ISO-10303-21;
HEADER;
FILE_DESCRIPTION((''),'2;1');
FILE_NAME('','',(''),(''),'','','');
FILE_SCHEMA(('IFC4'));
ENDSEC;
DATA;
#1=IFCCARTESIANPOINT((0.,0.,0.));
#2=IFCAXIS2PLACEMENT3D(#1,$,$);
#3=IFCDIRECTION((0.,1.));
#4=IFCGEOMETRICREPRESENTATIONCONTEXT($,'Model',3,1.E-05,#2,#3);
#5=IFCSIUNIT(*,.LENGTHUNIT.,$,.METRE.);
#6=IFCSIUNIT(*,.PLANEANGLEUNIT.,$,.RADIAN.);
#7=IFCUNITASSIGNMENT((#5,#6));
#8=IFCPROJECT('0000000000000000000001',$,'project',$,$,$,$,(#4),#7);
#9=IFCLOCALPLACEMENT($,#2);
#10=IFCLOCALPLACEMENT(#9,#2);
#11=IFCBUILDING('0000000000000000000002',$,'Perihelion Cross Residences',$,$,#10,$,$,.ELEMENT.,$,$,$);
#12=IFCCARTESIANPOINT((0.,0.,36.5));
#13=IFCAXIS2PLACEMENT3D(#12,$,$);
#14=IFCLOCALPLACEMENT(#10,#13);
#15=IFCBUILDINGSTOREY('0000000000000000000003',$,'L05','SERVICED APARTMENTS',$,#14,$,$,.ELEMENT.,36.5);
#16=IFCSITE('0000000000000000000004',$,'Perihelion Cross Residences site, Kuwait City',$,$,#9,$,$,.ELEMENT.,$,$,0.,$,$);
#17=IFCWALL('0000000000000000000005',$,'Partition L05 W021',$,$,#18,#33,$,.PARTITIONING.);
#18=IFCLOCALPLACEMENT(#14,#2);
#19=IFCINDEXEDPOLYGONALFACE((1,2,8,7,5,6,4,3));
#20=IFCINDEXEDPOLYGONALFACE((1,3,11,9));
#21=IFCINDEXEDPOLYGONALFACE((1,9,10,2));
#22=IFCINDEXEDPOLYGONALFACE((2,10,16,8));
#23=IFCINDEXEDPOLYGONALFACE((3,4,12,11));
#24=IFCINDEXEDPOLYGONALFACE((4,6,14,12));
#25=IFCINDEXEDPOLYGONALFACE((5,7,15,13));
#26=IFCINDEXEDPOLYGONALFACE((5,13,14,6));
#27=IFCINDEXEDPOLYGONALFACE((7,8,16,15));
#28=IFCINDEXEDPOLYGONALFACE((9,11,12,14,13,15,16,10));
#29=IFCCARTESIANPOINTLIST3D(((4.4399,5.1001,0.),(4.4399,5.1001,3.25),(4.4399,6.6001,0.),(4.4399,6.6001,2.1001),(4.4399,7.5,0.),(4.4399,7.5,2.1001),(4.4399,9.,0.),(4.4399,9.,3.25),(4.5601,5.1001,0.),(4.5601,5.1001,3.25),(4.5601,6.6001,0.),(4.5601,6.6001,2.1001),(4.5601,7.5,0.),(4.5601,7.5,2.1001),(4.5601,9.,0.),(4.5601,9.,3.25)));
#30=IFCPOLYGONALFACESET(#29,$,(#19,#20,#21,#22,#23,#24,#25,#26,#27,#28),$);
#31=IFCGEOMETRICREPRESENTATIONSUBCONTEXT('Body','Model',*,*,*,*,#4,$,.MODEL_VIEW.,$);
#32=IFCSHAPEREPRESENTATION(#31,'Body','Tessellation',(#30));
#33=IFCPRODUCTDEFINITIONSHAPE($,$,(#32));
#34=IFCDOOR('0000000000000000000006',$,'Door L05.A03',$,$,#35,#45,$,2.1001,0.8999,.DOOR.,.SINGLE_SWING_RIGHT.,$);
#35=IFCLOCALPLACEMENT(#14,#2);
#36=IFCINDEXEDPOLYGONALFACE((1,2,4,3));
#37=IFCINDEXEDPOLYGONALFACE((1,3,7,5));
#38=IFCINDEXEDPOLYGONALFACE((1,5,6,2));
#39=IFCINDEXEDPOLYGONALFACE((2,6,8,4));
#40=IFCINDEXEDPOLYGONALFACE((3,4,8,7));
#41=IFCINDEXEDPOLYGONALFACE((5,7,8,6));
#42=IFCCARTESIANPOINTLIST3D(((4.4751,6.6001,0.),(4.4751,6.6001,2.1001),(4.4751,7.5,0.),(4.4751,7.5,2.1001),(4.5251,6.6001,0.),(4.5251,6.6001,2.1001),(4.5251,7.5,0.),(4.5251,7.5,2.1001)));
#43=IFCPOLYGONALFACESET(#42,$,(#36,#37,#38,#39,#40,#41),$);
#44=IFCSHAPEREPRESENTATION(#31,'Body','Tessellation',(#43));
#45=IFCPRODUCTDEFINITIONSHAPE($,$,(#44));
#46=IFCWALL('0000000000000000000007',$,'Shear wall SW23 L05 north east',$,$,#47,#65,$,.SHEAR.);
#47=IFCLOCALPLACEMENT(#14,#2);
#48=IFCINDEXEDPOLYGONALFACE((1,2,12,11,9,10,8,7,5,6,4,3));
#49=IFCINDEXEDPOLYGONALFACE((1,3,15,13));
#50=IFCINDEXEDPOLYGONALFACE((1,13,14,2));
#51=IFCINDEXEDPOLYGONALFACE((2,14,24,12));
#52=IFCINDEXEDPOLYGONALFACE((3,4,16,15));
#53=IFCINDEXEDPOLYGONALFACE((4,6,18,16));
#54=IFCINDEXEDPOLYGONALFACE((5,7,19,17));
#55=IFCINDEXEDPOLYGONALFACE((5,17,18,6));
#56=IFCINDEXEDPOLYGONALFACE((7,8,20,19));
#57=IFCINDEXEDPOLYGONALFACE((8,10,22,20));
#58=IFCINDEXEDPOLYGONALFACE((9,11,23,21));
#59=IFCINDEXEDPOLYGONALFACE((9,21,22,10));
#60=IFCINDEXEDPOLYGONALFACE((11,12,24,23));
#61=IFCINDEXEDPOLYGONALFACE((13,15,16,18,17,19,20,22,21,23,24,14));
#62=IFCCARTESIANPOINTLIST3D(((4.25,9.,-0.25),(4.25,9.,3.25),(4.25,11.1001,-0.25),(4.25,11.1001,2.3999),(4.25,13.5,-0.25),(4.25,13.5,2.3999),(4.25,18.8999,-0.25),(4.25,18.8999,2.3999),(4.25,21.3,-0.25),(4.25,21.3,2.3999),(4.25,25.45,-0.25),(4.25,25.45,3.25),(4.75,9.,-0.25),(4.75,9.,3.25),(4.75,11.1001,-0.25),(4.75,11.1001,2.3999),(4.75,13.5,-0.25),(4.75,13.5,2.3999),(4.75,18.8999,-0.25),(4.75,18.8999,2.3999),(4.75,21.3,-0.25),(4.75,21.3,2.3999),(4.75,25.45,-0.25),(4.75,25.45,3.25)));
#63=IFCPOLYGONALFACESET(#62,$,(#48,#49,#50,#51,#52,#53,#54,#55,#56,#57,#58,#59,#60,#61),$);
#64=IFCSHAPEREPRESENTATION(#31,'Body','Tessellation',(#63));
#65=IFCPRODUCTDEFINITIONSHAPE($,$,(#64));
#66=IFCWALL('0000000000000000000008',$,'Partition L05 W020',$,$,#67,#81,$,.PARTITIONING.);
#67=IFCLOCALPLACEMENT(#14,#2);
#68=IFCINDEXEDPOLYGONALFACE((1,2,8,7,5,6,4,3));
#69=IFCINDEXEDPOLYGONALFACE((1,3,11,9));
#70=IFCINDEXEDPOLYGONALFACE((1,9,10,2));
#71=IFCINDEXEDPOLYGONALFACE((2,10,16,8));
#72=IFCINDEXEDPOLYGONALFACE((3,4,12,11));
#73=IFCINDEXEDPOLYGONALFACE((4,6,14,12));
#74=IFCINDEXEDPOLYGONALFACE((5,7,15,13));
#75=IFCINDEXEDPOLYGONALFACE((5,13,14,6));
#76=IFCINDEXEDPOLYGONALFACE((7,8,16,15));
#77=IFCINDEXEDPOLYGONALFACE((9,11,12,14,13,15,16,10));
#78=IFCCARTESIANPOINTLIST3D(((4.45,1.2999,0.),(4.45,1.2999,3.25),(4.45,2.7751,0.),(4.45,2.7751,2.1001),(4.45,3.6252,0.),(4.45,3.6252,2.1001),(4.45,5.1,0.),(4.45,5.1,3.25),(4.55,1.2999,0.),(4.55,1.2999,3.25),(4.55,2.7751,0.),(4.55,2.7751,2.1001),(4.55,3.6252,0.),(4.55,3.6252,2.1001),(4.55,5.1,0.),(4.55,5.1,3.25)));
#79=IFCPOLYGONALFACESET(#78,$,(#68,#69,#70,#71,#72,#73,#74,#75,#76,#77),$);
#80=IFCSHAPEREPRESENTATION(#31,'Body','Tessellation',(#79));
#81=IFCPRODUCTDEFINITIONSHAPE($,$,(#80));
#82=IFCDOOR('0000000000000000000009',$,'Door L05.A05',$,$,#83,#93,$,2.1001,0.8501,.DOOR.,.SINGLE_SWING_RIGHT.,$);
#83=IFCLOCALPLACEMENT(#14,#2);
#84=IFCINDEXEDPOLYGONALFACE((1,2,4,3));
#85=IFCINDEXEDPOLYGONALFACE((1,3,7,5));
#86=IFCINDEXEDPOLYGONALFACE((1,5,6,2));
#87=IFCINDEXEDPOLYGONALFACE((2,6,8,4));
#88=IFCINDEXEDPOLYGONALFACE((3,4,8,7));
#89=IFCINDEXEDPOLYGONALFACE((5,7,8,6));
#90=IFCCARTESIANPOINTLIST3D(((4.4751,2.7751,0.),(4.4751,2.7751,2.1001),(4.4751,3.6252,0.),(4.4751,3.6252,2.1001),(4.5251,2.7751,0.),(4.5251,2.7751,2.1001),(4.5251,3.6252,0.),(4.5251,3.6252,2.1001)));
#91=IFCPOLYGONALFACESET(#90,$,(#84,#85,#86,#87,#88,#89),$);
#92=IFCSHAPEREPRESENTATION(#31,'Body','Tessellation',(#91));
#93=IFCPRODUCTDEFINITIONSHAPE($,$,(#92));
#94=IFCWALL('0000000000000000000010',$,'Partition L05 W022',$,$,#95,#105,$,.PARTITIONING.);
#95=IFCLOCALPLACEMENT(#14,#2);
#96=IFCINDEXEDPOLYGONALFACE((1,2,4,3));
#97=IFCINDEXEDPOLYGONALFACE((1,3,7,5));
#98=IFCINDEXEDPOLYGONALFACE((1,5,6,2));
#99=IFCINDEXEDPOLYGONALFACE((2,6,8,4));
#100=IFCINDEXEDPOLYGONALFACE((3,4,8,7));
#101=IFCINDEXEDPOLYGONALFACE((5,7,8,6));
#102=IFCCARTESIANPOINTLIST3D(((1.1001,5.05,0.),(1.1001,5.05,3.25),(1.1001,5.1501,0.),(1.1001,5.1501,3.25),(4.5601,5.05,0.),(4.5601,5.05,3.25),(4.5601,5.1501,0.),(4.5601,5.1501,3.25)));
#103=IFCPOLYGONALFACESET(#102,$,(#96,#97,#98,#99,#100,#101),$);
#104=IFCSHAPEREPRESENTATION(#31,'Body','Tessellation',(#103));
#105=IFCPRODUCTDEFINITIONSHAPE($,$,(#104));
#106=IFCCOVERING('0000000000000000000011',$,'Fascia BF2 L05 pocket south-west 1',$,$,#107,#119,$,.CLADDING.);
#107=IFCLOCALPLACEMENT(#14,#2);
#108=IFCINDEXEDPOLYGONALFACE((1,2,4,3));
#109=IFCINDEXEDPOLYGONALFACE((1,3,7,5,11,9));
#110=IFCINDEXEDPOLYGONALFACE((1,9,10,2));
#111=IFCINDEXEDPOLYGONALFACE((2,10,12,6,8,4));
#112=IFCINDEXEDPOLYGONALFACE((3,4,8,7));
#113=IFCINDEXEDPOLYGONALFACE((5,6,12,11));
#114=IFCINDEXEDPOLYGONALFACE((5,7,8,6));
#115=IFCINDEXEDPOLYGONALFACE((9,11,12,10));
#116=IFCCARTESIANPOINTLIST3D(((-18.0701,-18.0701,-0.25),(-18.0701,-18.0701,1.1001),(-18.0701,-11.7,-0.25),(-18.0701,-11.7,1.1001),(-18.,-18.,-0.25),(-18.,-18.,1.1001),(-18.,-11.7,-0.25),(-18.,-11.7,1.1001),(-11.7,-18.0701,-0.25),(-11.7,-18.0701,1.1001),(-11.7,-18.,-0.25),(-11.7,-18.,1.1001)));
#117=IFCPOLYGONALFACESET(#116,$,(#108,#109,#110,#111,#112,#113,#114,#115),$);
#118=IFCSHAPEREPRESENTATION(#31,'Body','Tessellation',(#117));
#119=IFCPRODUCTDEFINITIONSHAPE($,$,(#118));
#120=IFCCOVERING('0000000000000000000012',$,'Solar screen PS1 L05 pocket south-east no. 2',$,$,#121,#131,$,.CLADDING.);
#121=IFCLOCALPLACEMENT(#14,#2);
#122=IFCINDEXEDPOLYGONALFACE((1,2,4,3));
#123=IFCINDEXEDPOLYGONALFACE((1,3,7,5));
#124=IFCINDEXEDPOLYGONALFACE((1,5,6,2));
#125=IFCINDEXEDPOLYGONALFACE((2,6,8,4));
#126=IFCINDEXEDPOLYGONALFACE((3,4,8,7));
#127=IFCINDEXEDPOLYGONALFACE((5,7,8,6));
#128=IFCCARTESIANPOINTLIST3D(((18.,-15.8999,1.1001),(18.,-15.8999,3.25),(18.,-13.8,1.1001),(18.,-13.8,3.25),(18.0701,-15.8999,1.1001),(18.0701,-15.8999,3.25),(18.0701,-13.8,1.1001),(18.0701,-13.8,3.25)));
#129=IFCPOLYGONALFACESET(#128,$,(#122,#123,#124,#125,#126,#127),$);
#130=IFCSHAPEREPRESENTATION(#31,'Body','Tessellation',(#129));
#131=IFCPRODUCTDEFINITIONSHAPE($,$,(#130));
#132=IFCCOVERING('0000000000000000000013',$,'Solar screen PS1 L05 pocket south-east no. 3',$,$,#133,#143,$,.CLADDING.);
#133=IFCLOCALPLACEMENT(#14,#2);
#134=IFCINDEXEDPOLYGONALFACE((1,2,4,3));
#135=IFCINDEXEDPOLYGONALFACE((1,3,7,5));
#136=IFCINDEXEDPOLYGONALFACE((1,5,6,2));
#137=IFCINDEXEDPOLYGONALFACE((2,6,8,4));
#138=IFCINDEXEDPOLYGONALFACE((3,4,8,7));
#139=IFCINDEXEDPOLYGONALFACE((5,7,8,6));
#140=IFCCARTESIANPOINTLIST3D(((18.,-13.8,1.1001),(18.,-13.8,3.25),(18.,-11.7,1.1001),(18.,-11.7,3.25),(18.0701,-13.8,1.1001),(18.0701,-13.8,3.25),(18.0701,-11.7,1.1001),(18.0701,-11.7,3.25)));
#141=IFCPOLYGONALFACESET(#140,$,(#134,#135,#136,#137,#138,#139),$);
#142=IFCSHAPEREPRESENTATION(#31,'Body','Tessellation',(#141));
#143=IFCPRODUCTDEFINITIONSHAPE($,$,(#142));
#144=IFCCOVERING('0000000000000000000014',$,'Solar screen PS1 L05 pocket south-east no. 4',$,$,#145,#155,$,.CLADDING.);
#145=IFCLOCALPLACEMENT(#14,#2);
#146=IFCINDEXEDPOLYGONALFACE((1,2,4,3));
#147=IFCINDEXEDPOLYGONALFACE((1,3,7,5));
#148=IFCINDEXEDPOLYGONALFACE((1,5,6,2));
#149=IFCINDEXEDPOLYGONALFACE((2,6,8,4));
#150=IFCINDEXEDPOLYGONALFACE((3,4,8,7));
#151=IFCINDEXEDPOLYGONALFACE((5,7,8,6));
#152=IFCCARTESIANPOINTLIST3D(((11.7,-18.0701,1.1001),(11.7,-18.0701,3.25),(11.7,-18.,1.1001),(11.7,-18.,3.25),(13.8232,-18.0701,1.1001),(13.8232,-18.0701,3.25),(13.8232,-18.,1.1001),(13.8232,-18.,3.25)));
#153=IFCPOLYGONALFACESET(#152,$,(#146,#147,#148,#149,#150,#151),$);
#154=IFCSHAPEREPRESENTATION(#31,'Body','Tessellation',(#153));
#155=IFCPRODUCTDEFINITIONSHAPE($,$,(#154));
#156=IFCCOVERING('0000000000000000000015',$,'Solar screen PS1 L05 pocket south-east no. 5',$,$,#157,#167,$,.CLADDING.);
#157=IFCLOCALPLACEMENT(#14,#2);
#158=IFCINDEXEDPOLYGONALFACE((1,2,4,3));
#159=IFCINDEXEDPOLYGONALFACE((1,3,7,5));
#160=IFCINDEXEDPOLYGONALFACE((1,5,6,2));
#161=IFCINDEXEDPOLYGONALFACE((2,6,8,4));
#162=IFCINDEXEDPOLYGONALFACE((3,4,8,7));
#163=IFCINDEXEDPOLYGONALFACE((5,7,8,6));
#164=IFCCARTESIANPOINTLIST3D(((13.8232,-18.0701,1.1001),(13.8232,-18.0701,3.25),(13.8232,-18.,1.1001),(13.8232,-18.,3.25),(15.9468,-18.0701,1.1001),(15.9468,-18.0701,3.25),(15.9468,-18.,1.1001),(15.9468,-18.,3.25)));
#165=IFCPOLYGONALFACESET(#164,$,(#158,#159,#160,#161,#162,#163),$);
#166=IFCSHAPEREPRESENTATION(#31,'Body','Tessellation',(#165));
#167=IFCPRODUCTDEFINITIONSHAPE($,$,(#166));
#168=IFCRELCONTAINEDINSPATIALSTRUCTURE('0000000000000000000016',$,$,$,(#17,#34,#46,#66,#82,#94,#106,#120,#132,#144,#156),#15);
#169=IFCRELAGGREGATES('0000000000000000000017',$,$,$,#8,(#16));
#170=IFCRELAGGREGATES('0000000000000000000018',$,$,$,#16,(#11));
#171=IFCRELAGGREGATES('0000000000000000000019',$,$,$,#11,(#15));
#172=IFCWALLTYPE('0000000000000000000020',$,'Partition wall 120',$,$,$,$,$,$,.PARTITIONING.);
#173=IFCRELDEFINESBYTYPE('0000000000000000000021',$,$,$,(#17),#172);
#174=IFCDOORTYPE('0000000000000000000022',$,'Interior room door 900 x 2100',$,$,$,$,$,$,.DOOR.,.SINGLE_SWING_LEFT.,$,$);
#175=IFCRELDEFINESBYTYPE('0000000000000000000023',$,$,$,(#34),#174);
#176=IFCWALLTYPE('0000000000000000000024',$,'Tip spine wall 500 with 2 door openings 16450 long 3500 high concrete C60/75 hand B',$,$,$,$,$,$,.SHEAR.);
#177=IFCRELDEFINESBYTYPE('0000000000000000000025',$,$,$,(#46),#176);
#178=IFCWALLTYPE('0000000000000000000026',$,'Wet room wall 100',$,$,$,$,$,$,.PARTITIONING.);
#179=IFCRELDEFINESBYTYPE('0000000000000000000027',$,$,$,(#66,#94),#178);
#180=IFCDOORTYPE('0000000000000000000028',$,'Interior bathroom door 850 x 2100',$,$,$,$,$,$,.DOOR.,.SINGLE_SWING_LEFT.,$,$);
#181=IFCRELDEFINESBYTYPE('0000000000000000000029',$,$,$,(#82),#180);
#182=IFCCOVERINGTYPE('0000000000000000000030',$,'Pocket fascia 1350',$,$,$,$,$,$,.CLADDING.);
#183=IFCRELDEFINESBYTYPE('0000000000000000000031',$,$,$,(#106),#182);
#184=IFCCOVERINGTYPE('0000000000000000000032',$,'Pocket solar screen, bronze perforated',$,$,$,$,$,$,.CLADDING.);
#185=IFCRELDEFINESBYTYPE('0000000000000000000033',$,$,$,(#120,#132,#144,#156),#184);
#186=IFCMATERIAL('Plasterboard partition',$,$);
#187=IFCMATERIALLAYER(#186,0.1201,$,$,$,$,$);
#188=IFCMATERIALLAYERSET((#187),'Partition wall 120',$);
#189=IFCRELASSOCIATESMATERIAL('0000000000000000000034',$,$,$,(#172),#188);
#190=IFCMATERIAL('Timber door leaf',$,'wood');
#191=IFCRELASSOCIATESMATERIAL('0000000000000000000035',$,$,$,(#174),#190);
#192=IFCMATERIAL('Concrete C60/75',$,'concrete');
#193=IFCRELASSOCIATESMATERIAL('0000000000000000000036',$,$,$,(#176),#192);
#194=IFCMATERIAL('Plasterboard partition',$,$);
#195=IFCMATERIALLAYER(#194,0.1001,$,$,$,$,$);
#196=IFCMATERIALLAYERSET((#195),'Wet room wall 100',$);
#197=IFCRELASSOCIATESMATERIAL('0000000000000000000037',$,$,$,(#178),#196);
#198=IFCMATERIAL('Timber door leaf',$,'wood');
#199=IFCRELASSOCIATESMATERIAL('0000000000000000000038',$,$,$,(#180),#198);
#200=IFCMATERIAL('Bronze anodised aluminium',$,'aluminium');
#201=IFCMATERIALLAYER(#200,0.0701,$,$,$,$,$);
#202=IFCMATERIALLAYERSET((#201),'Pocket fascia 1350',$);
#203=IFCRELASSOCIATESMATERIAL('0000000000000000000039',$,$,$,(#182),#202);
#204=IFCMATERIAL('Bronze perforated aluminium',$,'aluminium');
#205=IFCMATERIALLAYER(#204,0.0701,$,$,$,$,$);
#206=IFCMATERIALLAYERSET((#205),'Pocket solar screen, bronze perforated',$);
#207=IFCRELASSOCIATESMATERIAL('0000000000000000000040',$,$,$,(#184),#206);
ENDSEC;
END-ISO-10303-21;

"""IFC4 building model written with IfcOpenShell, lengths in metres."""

from ifc_helpers import new_model, si_unit, direction, frame, frame_2d, origin, place, context, subcontext, project, spatial, polyline, rectangle, outline, extrude, material, layer, layer_set, material_profile, profile_set, type_object, element, fill, save


model = new_model("IFC4")

# Units and contexts
model_context = context("Model", 3, precision=1e-05, world=origin(), true_north=direction((0.0, 1.0)))
body_context = subcontext(model_context, "Body", "Model", "MODEL_VIEW")
ifc_project = project(units=[si_unit("LENGTHUNIT", "METRE"), si_unit("PLANEANGLEUNIT", "RADIAN")], contexts=[model_context])

# Site, building, storey
site_placement = place(None, origin())
site = spatial("IfcSite", under=ifc_project, at=site_placement, Name="Perihelion Cross Residences site, Kuwait City", CompositionType="ELEMENT", RefElevation=0.0)
building_placement = place(site_placement, origin())
building = spatial("IfcBuilding", under=site, at=building_placement, Name="Perihelion Cross Residences", CompositionType="ELEMENT")
storey_placement = place(building_placement, frame((0.0, 0.0, 36.5)))
storey = spatial("IfcBuildingStorey", under=building, at=storey_placement, Name="L05", Description="SERVICED APARTMENTS", CompositionType="ELEMENT", Elevation=36.5)

# Wall, opening, door
ifc_material_1 = material(Name="Plasterboard partition")
ifc_layer_1 = layer(ifc_material_1, 0.1201)
ifc_layer_set_1 = layer_set([ifc_layer_1], Name="Partition wall 120")
wall_type_1 = type_object("IfcWallType", Name="Partition wall 120", PredefinedType="PARTITIONING", material=ifc_layer_set_1)
wall_1_placement = place(storey_placement, frame((4.5, 5.1001, 0.0), z_axis=(0.0, 0.0, 1.0), x_axis=(0.0, 1.0, 0.0)))
wall_1 = element("IfcWall", 1, at=wall_1_placement, inside=storey, type_object=wall_type_1, Name="Partition L05 W021", PredefinedType="PARTITIONING", context=body_context, shape_type="SweptSolid", body=[
    extrude(rectangle(XDim=3.8999, YDim=0.1201, at=frame_2d((1.95, 0.0))), origin(), (0.0, 0.0, 1.0), 3.25),
])
opening_1_placement = place(wall_1_placement, frame((1.5, 0.0, 0.0)))
opening_1 = element("IfcOpeningElement", 2, at=opening_1_placement, cuts=wall_1, PredefinedType="OPENING", context=body_context, shape_type="SweptSolid", body=[
    extrude(rectangle(XDim=0.8999, YDim=2.1001, at=frame_2d((0.45, 1.05))), frame((0.0, 0.0701, 0.0), z_axis=(0.0, -1.0, 0.0), x_axis=(1.0, 0.0, 0.0)), (0.0, 0.0, 1.0), 0.1401),
])
ifc_material_2 = material(Name="Timber door leaf", Category="wood")
door_type_1 = type_object("IfcDoorType", Name="Interior room door 900 x 2100", OperationType="SINGLE_SWING_LEFT", PredefinedType="DOOR", material=ifc_material_2)
door_1_placement = place(opening_1_placement, origin())
door_1 = element("IfcDoor", 3, at=door_1_placement, inside=storey, type_object=door_type_1, Name="Door L05.A03", OperationType="SINGLE_SWING_RIGHT", OverallHeight=2.1001, OverallWidth=0.8999, PredefinedType="DOOR", context=body_context, shape_type="SweptSolid", body=[
    extrude(rectangle(XDim=0.8999, YDim=2.1001, at=frame_2d((0.45, 1.05))), frame((0.0, 0.0249, 0.0), z_axis=(0.0, -1.0, 0.0), x_axis=(1.0, 0.0, 0.0)), (0.0, 0.0, 1.0), 0.05),
])
fill(opening_1, door_1)

# Wall
ifc_material_3 = material(Name="Concrete C60/75", Category="concrete")
ifc_material_profile_1 = material_profile(ifc_material_3, outline(polyline([(0.0, 0.0), (2.1001, 0.0), (2.1001, 2.6499), (4.5, 2.6499), (4.5, 0.0), (9.8999, 0.0), (9.8999, 2.6499), (12.3, 2.6499), (12.3, 0.0), (16.45, 0.0), (16.45, 3.5), (0.0, 3.5), (0.0, 0.0)])), Name="Tip spine wall")
ifc_profile_set_1 = profile_set([ifc_material_profile_1], Name="Concrete C60/75")
wall_type_2 = type_object("IfcWallType", Name="Tip spine wall 500 with 2 door openings 16450 long 3500 high concrete C60/75 hand B", PredefinedType="SHEAR", material=ifc_profile_set_1)
wall_2_placement = place(storey_placement, frame((4.25, 9.0, -0.25), z_axis=(1.0, 0.0, 0.0), x_axis=(0.0, 1.0, 0.0)))
element("IfcWall", 4, at=wall_2_placement, inside=storey, type_object=wall_type_2, Name="Shear wall SW23 L05 north east", PredefinedType="SHEAR", context=body_context, shape_type="SweptSolid", body=[
    extrude(outline(polyline([(0.0, 0.0), (2.1001, 0.0), (2.1001, 2.6499), (4.5, 2.6499), (4.5, 0.0), (9.8999, 0.0), (9.8999, 2.6499), (12.3, 2.6499), (12.3, 0.0), (16.45, 0.0), (16.45, 3.5), (0.0, 3.5), (0.0, 0.0)])), origin(), (0.0, 0.0, 1.0), 0.5),
])

# Wall, opening, door
ifc_material_4 = material(Name="Plasterboard partition")
ifc_layer_2 = layer(ifc_material_4, 0.1001)
ifc_layer_set_2 = layer_set([ifc_layer_2], Name="Wet room wall 100")
wall_type_3 = type_object("IfcWallType", Name="Wet room wall 100", PredefinedType="PARTITIONING", material=ifc_layer_set_2)
wall_3_placement = place(storey_placement, frame((4.5, 1.3, 0.0), z_axis=(0.0, 0.0, 1.0), x_axis=(0.0, 1.0, 0.0)))
wall_3 = element("IfcWall", 5, at=wall_3_placement, inside=storey, type_object=wall_type_3, Name="Partition L05 W020", PredefinedType="PARTITIONING", context=body_context, shape_type="SweptSolid", body=[
    extrude(rectangle(XDim=3.8, YDim=0.1001, at=frame_2d((1.8999, 0.0))), origin(), (0.0, 0.0, 1.0), 3.25),
])
opening_2_placement = place(wall_3_placement, frame((1.4751, 0.0, 0.0)))
opening_2 = element("IfcOpeningElement", 6, at=opening_2_placement, cuts=wall_3, PredefinedType="OPENING", context=body_context, shape_type="SweptSolid", body=[
    extrude(rectangle(XDim=0.8501, YDim=2.1001, at=frame_2d((0.425, 1.05))), frame((0.0, 0.0601, 0.0), z_axis=(0.0, -1.0, 0.0), x_axis=(1.0, 0.0, 0.0)), (0.0, 0.0, 1.0), 0.1201),
])
ifc_material_5 = material(Name="Timber door leaf", Category="wood")
door_type_2 = type_object("IfcDoorType", Name="Interior bathroom door 850 x 2100", OperationType="SINGLE_SWING_LEFT", PredefinedType="DOOR", material=ifc_material_5)
door_2_placement = place(opening_2_placement, origin())
door_2 = element("IfcDoor", 7, at=door_2_placement, inside=storey, type_object=door_type_2, Name="Door L05.A05", OperationType="SINGLE_SWING_RIGHT", OverallHeight=2.1001, OverallWidth=0.8501, PredefinedType="DOOR", context=body_context, shape_type="SweptSolid", body=[
    extrude(rectangle(XDim=0.8501, YDim=2.1001, at=frame_2d((0.425, 1.05))), frame((0.0, 0.0249, 0.0), z_axis=(0.0, -1.0, 0.0), x_axis=(1.0, 0.0, 0.0)), (0.0, 0.0, 1.0), 0.05),
])
fill(opening_2, door_2)

# Wall
wall_4_placement = place(storey_placement, frame((1.1001, 5.1001, 0.0), z_axis=(0.0, 0.0, 1.0), x_axis=(1.0, 0.0, 0.0)))
element("IfcWall", 8, at=wall_4_placement, inside=storey, type_object=wall_type_3, Name="Partition L05 W022", PredefinedType="PARTITIONING", context=body_context, shape_type="SweptSolid", body=[
    extrude(rectangle(XDim=3.46, YDim=0.1001, at=frame_2d((1.73, 0.0))), origin(), (0.0, 0.0, 1.0), 3.25),
])

# Coverings
ifc_material_6 = material(Name="Bronze anodised aluminium", Category="aluminium")
ifc_layer_3 = layer(ifc_material_6, 0.0701)
ifc_layer_set_3 = layer_set([ifc_layer_3], Name="Pocket fascia 1350")
covering_type_1 = type_object("IfcCoveringType", Name="Pocket fascia 1350", PredefinedType="CLADDING", material=ifc_layer_set_3)
covering_1_placement = place(storey_placement, frame((0.0, 0.0, -0.25)))
element("IfcCovering", 9, at=covering_1_placement, inside=storey, type_object=covering_type_1, Name="Fascia BF2 L05 pocket south-west 1", PredefinedType="CLADDING", context=body_context, shape_type="SweptSolid", body=[
    extrude(outline(polyline([(-18.0701, -11.7), (-18.0701, -18.0701), (-11.7, -18.0701), (-11.7, -18.0), (-18.0, -18.0), (-18.0, -11.7), (-18.0701, -11.7)])), origin(), (0.0, 0.0, 1.0), 1.3501),
])
ifc_material_7 = material(Name="Bronze perforated aluminium", Category="aluminium")
ifc_layer_4 = layer(ifc_material_7, 0.0701)
ifc_layer_set_4 = layer_set([ifc_layer_4], Name="Pocket solar screen, bronze perforated")
covering_type_2 = type_object("IfcCoveringType", Name="Pocket solar screen, bronze perforated", PredefinedType="CLADDING", material=ifc_layer_set_4)
covering_2_placement = place(storey_placement, frame((0.0, 0.0, 1.1001)))
element("IfcCovering", 10, at=covering_2_placement, inside=storey, type_object=covering_type_2, Name="Solar screen PS1 L05 pocket south-east no. 2", PredefinedType="CLADDING", context=body_context, shape_type="SweptSolid", body=[
    extrude(outline(polyline([(18.0701, -15.8999), (18.0701, -13.8), (18.0, -13.8), (18.0, -15.8999), (18.0701, -15.8999)])), origin(), (0.0, 0.0, 1.0), 2.1499),
])
covering_3_placement = place(storey_placement, frame((0.0, 0.0, 1.1001)))
element("IfcCovering", 11, at=covering_3_placement, inside=storey, type_object=covering_type_2, Name="Solar screen PS1 L05 pocket south-east no. 3", PredefinedType="CLADDING", context=body_context, shape_type="SweptSolid", body=[
    extrude(outline(polyline([(18.0701, -13.8), (18.0701, -11.7), (18.0, -11.7), (18.0, -13.8), (18.0701, -13.8)])), origin(), (0.0, 0.0, 1.0), 2.1499),
])
covering_4_placement = place(storey_placement, frame((0.0, 0.0, 1.1001)))
element("IfcCovering", 12, at=covering_4_placement, inside=storey, type_object=covering_type_2, Name="Solar screen PS1 L05 pocket south-east no. 4", PredefinedType="CLADDING", context=body_context, shape_type="SweptSolid", body=[
    extrude(outline(polyline([(13.8232, -18.0701), (13.8232, -18.0), (11.7, -18.0), (11.7, -18.0701), (13.8232, -18.0701)])), origin(), (0.0, 0.0, 1.0), 2.1499),
])
covering_5_placement = place(storey_placement, frame((0.0, 0.0, 1.1001)))
element("IfcCovering", 13, at=covering_5_placement, inside=storey, type_object=covering_type_2, Name="Solar screen PS1 L05 pocket south-east no. 5", PredefinedType="CLADDING", context=body_context, shape_type="SweptSolid", body=[
    extrude(outline(polyline([(15.9468, -18.0701), (15.9468, -18.0), (13.8232, -18.0), (13.8232, -18.0701), (15.9468, -18.0701)])), origin(), (0.0, 0.0, 1.0), 2.1499),
])

save(model, "model.ifc")
